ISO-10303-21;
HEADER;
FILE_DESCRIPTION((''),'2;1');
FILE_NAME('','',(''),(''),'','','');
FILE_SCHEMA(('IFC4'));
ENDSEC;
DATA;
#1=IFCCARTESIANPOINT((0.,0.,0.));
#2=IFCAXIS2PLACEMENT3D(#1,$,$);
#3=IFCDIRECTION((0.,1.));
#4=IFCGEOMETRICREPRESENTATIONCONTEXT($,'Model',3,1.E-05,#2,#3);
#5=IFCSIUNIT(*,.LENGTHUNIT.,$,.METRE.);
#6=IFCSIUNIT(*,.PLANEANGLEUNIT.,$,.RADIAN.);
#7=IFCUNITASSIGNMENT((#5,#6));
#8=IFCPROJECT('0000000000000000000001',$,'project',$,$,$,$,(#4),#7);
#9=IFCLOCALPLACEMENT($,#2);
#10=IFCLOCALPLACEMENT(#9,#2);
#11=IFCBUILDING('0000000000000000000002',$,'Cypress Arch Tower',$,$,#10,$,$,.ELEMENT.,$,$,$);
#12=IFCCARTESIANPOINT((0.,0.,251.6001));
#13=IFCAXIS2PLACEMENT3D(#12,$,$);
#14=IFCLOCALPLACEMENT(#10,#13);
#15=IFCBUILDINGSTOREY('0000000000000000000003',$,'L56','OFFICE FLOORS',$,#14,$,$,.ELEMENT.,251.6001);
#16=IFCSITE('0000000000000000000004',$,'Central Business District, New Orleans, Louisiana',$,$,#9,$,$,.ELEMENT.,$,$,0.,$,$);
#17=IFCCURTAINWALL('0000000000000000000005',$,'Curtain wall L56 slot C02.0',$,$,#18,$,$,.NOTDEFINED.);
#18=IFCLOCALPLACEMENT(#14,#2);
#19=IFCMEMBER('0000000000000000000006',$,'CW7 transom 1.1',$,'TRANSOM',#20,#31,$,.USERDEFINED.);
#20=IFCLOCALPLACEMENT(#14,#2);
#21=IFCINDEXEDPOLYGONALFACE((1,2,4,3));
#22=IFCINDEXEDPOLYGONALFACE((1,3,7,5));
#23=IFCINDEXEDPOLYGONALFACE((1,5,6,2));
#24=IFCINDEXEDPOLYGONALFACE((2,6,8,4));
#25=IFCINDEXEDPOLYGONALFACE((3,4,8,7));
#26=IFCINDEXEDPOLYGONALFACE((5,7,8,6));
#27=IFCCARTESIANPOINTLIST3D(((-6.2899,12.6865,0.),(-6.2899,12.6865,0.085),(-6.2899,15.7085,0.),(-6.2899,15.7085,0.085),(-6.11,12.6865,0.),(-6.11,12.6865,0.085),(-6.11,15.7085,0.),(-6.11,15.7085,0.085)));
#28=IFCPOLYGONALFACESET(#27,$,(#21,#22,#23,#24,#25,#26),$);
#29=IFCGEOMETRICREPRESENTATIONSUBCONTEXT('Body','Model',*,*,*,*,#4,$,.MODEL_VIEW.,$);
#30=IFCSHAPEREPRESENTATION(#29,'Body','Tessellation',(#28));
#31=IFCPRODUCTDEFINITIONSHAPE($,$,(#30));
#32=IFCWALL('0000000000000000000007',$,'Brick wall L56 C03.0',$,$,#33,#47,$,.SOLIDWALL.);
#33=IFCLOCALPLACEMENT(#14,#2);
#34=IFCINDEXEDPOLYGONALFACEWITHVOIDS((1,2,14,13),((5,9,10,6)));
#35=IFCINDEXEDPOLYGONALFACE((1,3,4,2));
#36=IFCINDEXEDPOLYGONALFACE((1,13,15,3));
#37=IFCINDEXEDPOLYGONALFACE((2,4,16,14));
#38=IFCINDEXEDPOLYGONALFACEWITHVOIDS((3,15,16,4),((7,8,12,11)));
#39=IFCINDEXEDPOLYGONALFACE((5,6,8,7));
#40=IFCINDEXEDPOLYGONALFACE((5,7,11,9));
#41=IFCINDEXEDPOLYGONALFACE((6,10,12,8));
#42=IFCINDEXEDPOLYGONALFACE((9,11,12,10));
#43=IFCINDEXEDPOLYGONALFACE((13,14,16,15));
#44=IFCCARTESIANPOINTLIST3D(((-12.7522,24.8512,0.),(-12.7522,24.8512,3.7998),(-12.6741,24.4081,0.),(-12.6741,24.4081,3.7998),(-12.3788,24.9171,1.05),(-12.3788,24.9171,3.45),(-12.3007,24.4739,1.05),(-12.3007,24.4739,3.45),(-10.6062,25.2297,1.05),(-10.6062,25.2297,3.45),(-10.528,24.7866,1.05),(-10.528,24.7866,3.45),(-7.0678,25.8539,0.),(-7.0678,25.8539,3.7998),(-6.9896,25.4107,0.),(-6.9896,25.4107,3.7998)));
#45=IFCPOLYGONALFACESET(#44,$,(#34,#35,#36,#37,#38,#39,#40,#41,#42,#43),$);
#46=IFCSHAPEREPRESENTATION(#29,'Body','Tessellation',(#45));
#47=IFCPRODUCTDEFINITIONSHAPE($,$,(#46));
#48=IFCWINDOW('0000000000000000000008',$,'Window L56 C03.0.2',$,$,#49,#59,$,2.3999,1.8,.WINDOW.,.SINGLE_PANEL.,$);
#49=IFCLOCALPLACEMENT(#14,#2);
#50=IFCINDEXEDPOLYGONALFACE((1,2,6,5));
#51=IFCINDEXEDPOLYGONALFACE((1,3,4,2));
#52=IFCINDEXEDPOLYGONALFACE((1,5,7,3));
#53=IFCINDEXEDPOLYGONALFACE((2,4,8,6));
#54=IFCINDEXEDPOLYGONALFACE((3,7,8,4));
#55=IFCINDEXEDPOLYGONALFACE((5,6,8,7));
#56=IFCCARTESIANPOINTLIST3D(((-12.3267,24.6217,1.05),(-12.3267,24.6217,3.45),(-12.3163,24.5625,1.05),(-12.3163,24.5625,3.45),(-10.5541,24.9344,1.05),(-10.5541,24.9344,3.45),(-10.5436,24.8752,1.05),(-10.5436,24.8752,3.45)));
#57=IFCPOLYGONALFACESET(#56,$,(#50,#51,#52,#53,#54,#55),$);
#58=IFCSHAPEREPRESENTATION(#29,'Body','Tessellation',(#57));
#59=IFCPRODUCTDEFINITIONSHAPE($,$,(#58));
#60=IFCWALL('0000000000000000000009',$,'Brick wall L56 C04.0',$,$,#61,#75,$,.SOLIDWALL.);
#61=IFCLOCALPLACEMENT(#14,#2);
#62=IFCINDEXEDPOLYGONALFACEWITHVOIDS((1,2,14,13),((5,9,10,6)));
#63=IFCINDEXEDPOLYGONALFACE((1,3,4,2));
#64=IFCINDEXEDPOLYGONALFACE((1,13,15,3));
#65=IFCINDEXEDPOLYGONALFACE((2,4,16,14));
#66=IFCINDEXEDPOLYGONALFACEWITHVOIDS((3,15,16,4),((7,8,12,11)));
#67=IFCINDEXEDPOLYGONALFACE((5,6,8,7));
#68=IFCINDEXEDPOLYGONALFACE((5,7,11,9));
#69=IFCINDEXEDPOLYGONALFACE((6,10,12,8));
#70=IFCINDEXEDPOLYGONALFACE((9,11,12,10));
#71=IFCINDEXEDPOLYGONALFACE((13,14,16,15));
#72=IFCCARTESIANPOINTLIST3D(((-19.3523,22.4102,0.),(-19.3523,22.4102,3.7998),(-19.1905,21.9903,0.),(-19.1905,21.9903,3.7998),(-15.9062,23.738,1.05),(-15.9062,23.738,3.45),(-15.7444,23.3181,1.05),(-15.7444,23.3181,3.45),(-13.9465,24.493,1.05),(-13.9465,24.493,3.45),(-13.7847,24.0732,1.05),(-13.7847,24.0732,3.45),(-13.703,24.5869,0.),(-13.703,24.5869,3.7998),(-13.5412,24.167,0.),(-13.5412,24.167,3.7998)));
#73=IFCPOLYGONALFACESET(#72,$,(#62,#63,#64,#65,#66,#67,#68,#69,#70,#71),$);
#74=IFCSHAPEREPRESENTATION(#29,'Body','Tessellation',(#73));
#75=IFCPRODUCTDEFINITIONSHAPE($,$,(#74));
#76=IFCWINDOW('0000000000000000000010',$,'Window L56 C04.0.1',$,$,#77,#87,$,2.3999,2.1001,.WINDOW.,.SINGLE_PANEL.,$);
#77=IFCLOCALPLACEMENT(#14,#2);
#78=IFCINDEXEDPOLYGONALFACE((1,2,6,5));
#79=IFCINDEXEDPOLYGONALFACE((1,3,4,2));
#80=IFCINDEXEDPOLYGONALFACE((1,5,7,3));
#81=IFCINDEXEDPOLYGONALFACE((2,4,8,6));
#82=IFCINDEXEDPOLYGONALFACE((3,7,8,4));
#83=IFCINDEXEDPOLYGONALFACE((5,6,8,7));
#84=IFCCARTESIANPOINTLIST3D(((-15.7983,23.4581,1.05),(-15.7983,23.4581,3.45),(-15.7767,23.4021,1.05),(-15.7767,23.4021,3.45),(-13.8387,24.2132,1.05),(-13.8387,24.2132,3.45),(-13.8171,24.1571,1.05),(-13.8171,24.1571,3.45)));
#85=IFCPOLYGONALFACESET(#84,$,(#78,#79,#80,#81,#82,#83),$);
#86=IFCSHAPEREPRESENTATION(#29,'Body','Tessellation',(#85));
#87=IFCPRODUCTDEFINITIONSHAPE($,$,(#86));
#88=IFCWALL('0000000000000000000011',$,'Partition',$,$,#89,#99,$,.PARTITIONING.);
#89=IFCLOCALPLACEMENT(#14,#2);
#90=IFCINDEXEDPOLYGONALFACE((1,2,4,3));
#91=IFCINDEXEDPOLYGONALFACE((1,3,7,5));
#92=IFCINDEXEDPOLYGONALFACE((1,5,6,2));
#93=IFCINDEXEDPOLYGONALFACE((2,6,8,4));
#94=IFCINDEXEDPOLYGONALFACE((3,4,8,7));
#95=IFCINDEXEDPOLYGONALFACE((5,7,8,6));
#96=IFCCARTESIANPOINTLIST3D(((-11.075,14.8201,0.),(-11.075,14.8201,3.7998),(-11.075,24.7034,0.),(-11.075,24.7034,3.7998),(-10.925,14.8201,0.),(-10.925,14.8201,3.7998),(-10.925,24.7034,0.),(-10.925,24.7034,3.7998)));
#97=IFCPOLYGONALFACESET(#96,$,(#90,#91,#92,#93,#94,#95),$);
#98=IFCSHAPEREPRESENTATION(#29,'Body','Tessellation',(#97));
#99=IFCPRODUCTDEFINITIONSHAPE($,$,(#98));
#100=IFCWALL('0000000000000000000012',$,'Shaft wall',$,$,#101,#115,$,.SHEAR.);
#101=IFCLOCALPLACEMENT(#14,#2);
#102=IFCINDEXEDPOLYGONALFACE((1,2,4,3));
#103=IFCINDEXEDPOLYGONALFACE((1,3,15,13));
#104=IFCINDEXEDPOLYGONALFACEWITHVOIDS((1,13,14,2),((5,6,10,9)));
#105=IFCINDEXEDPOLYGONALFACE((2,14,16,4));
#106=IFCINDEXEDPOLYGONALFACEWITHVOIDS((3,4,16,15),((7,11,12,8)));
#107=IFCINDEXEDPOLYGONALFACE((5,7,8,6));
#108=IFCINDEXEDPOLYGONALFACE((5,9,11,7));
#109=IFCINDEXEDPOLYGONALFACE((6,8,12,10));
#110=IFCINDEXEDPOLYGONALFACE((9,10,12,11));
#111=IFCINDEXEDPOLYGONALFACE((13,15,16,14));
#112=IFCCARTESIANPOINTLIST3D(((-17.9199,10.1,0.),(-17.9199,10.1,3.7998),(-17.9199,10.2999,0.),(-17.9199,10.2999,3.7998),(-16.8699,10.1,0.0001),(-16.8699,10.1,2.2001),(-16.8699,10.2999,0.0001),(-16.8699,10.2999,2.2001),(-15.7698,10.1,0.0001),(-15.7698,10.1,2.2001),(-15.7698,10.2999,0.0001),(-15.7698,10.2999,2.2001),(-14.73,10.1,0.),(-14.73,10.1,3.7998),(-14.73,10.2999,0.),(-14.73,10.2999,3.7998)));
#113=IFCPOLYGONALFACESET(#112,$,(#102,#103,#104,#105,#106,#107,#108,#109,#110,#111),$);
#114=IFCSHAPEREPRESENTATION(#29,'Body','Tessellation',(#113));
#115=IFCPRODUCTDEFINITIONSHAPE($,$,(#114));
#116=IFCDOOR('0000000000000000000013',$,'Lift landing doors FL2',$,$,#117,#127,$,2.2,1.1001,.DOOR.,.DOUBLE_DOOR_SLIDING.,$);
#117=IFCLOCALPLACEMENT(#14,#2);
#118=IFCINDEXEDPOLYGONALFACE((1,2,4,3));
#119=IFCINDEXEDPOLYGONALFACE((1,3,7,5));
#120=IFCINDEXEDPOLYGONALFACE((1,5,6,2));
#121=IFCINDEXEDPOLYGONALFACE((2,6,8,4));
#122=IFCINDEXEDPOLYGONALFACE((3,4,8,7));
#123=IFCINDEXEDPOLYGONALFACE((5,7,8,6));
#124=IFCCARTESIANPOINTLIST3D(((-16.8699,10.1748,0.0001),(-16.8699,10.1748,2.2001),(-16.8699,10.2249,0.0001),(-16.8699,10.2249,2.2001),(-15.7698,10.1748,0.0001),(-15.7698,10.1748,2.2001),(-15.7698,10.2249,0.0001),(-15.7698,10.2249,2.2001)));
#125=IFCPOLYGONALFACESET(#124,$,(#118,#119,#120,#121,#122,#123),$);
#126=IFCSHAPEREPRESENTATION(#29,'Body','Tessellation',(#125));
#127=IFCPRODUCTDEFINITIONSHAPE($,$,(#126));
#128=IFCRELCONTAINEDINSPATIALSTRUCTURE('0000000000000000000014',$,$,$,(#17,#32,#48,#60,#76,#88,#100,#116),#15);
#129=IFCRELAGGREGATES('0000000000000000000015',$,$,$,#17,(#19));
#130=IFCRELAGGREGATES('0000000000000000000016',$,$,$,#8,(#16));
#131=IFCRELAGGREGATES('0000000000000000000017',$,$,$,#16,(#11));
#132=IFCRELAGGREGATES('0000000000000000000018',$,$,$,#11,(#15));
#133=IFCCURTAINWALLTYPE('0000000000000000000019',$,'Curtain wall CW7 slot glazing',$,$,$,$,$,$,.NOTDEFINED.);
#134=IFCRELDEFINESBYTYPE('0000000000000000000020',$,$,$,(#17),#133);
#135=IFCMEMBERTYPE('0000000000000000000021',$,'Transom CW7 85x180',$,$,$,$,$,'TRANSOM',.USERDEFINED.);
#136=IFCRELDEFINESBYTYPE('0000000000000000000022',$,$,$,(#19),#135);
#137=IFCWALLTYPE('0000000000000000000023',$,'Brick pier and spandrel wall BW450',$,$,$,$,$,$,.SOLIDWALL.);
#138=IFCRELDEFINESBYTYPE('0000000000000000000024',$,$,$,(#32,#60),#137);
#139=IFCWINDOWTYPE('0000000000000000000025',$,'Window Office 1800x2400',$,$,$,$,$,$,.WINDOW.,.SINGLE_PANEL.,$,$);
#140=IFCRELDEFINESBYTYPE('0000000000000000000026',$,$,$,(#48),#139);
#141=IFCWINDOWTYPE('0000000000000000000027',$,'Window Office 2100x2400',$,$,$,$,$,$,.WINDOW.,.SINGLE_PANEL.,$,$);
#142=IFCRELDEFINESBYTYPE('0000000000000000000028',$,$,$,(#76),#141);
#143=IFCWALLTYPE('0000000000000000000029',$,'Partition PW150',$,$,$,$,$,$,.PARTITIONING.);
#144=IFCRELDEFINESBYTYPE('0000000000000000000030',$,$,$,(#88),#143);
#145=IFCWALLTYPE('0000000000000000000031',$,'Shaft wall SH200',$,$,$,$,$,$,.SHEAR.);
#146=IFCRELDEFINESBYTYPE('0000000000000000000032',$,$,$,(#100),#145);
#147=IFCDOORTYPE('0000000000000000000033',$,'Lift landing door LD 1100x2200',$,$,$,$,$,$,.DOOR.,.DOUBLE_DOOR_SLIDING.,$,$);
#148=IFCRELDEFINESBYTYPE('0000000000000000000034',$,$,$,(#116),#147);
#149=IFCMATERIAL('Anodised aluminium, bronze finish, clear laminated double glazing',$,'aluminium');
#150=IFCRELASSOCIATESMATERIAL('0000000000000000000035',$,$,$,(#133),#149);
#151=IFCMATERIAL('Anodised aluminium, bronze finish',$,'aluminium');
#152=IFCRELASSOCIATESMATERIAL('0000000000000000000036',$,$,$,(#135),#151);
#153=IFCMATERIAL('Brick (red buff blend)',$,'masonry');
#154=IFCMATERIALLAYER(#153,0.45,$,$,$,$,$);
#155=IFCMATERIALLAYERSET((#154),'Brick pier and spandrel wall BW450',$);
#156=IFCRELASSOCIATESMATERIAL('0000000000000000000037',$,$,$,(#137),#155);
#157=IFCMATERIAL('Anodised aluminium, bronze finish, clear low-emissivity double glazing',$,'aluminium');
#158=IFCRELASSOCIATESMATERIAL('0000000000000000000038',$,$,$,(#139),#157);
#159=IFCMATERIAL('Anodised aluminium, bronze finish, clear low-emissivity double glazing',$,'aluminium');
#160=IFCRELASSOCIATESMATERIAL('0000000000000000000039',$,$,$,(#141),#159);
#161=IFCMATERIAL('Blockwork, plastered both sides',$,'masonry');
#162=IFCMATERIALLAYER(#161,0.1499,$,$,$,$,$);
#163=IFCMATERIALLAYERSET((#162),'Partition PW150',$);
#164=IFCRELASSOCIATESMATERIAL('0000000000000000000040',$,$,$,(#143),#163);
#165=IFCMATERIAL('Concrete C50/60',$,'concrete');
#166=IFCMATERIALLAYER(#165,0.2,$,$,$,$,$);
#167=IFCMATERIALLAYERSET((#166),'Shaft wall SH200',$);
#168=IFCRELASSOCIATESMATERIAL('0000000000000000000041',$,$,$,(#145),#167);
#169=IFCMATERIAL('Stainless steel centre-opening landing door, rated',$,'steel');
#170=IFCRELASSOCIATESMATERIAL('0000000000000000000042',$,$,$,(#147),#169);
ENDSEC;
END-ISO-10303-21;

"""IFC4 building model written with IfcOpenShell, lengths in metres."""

from ifc_helpers import new_model, si_unit, direction, frame, frame_2d, origin, origin_2d, place, context, subcontext, project, spatial, rectangle, extrude, material, layer, layer_set, material_profile, profile_set, type_object, element, fill, aggregate, save


model = new_model("IFC4")

# Units and contexts
model_context = context("Model", 3, precision=1e-05, world=origin(), true_north=direction((0.0, 1.0)))
body_context = subcontext(model_context, "Body", "Model", "MODEL_VIEW")
ifc_project = project(units=[si_unit("LENGTHUNIT", "METRE"), si_unit("PLANEANGLEUNIT", "RADIAN")], contexts=[model_context])

# Site, building, storey
site_placement = place(None, origin())
site = spatial("IfcSite", under=ifc_project, at=site_placement, Name="Central Business District, New Orleans, Louisiana", CompositionType="ELEMENT", RefElevation=0.0)
building_placement = place(site_placement, origin())
building = spatial("IfcBuilding", under=site, at=building_placement, Name="Cypress Arch Tower", CompositionType="ELEMENT")
storey_placement = place(building_placement, frame((0.0, 0.0, 251.6001)))
storey = spatial("IfcBuildingStorey", under=building, at=storey_placement, Name="L56", Description="OFFICE FLOORS", CompositionType="ELEMENT", Elevation=251.6001)

# Curtain wall
ifc_material_1 = material(Name="Anodised aluminium, bronze finish, clear laminated double glazing", Category="aluminium")
curtain_wall_type = type_object("IfcCurtainWallType", Name="Curtain wall CW7 slot glazing", PredefinedType="NOTDEFINED", material=ifc_material_1)
curtain_wall_placement = place(storey_placement, origin())
curtain_wall = element("IfcCurtainWall", 1, at=curtain_wall_placement, inside=storey, type_object=curtain_wall_type, Name="Curtain wall L56 slot C02.0", PredefinedType="NOTDEFINED")

# Member
ifc_material_2 = material(Name="Anodised aluminium, bronze finish", Category="aluminium")
ifc_material_profile_1 = material_profile(ifc_material_2, rectangle(XDim=0.1799, YDim=0.085, at=origin_2d()), Name="Transom 85x180")
ifc_profile_set_1 = profile_set([ifc_material_profile_1], Name="Anodised aluminium, bronze finish")
member_type_1 = type_object("IfcMemberType", Name="Transom CW7 85x180", ElementType="TRANSOM", PredefinedType="USERDEFINED", material=ifc_profile_set_1)
member_1_placement = place(storey_placement, frame((-6.2, 12.6865, 0.0425), z_axis=(0.0, 1.0, 0.0), x_axis=(-1.0, 0.0, 0.0)))
member_1 = element("IfcMember", 2, at=member_1_placement, type_object=member_type_1, Name="CW7 transom 1.1", ObjectType="TRANSOM", PredefinedType="USERDEFINED", context=body_context, shape_type="SweptSolid", body=[
    extrude(rectangle(XDim=0.1799, YDim=0.085, at=origin_2d()), origin(), (0.0, 0.0, 1.0), 3.022),
])
aggregate(curtain_wall, [member_1])

# Walls, openings, windows
ifc_material_3 = material(Name="Brick (red buff blend)", Category="masonry")
ifc_layer_1 = layer(ifc_material_3, 0.45)
ifc_layer_set_1 = layer_set([ifc_layer_1], Name="Brick pier and spandrel wall BW450")
wall_type_1 = type_object("IfcWallType", Name="Brick pier and spandrel wall BW450", PredefinedType="SOLIDWALL", material=ifc_layer_set_1)
wall_1_placement = place(storey_placement, frame((-7.0286, 25.6323, 0.0), z_axis=(0.0, 0.0, 1.0), x_axis=(-0.984798, -0.173706, 0.0)))
wall_1 = element("IfcWall", 3, at=wall_1_placement, inside=storey, type_object=wall_type_1, Name="Brick wall L56 C03.0", PredefinedType="SOLIDWALL", context=body_context, shape_type="SweptSolid", body=[
    extrude(rectangle(XDim=5.7722, YDim=0.45, at=frame_2d((2.8862, 0.0))), origin(), (0.0, 0.0, 1.0), 3.7998),
])
opening_1_placement = place(wall_1_placement, frame((3.5933, 0.0, 1.05)))
opening_1 = element("IfcOpeningElement", 4, at=opening_1_placement, cuts=wall_1, PredefinedType="OPENING", context=body_context, shape_type="SweptSolid", body=[
    extrude(rectangle(XDim=1.8, YDim=2.3999, at=frame_2d((0.8999, 1.2))), frame((0.0, 0.2349, 0.0), z_axis=(0.0, -1.0, 0.0), x_axis=(1.0, 0.0, 0.0)), (0.0, 0.0, 1.0), 0.47),
])
ifc_material_4 = material(Name="Anodised aluminium, bronze finish, clear low-emissivity double glazing", Category="aluminium")
window_type_1 = type_object("IfcWindowType", Name="Window Office 1800x2400", PartitioningType="SINGLE_PANEL", PredefinedType="WINDOW", material=ifc_material_4)
window_1_placement = place(opening_1_placement, origin())
window_1 = element("IfcWindow", 5, at=window_1_placement, inside=storey, type_object=window_type_1, Name="Window L56 C03.0.2", OverallHeight=2.3999, OverallWidth=1.8, PartitioningType="SINGLE_PANEL", PredefinedType="WINDOW", context=body_context, shape_type="SweptSolid", body=[
    extrude(rectangle(XDim=1.8, YDim=2.3999, at=frame_2d((0.8999, 1.2))), frame((0.0, 0.135, 0.0), z_axis=(0.0, -1.0, 0.0), x_axis=(1.0, 0.0, 0.0)), (0.0, 0.0, 1.0), 0.0601),
])
fill(opening_1, window_1)
wall_2_placement = place(storey_placement, frame((-13.6221, 24.377, 0.0), z_axis=(0.0, 0.0, 1.0), x_axis=(-0.933129, -0.359541, 0.0)))
wall_2 = element("IfcWall", 6, at=wall_2_placement, inside=storey, type_object=wall_type_1, Name="Brick wall L56 C04.0", PredefinedType="SOLIDWALL", context=body_context, shape_type="SweptSolid", body=[
    extrude(rectangle(XDim=6.0542, YDim=0.45, at=frame_2d((3.0271, 0.0))), origin(), (0.0, 0.0, 1.0), 3.7998),
])
opening_2_placement = place(wall_2_placement, frame((0.261, 0.0, 1.05)))
opening_2 = element("IfcOpeningElement", 7, at=opening_2_placement, cuts=wall_2, PredefinedType="OPENING", context=body_context, shape_type="SweptSolid", body=[
    extrude(rectangle(XDim=2.1001, YDim=2.3999, at=frame_2d((1.05, 1.2))), frame((0.0, 0.2349, 0.0), z_axis=(0.0, -1.0, 0.0), x_axis=(1.0, 0.0, 0.0)), (0.0, 0.0, 1.0), 0.47),
])
ifc_material_5 = material(Name="Anodised aluminium, bronze finish, clear low-emissivity double glazing", Category="aluminium")
window_type_2 = type_object("IfcWindowType", Name="Window Office 2100x2400", PartitioningType="SINGLE_PANEL", PredefinedType="WINDOW", material=ifc_material_5)
window_2_placement = place(opening_2_placement, origin())
window_2 = element("IfcWindow", 8, at=window_2_placement, inside=storey, type_object=window_type_2, Name="Window L56 C04.0.1", OverallHeight=2.3999, OverallWidth=2.1001, PartitioningType="SINGLE_PANEL", PredefinedType="WINDOW", context=body_context, shape_type="SweptSolid", body=[
    extrude(rectangle(XDim=2.1001, YDim=2.3999, at=frame_2d((1.05, 1.2))), frame((0.0, 0.135, 0.0), z_axis=(0.0, -1.0, 0.0), x_axis=(1.0, 0.0, 0.0)), (0.0, 0.0, 1.0), 0.0601),
])
fill(opening_2, window_2)

# Wall
ifc_material_6 = material(Name="Blockwork, plastered both sides", Category="masonry")
ifc_layer_2 = layer(ifc_material_6, 0.1499)
ifc_layer_set_2 = layer_set([ifc_layer_2], Name="Partition PW150")
wall_type_2 = type_object("IfcWallType", Name="Partition PW150", PredefinedType="PARTITIONING", material=ifc_layer_set_2)
wall_3_placement = place(storey_placement, frame((-11.0, 14.8201, 0.0), z_axis=(0.0, 0.0, 1.0), x_axis=(0.0, 1.0, 0.0)))
element("IfcWall", 9, at=wall_3_placement, inside=storey, type_object=wall_type_2, Name="Partition", PredefinedType="PARTITIONING", context=body_context, shape_type="SweptSolid", body=[
    extrude(rectangle(XDim=9.8833, YDim=0.1499, at=frame_2d((4.9417, 0.0))), origin(), (0.0, 0.0, 1.0), 3.7998),
])

# Wall, opening, door
ifc_material_7 = material(Name="Concrete C50/60", Category="concrete")
ifc_layer_3 = layer(ifc_material_7, 0.2)
ifc_layer_set_3 = layer_set([ifc_layer_3], Name="Shaft wall SH200")
wall_type_3 = type_object("IfcWallType", Name="Shaft wall SH200", PredefinedType="SHEAR", material=ifc_layer_set_3)
wall_4_placement = place(storey_placement, frame((-17.9199, 10.2, 0.0), z_axis=(0.0, 0.0, 1.0), x_axis=(1.0, 0.0, 0.0)))
wall_4 = element("IfcWall", 10, at=wall_4_placement, inside=storey, type_object=wall_type_3, Name="Shaft wall", PredefinedType="SHEAR", context=body_context, shape_type="SweptSolid", body=[
    extrude(rectangle(XDim=3.1899, YDim=0.2, at=frame_2d((1.595, 0.0))), origin(), (0.0, 0.0, 1.0), 3.7998),
])
opening_3_placement = place(wall_4_placement, frame((1.05, 0.0, 0.0)))
opening_3 = element("IfcOpeningElement", 11, at=opening_3_placement, cuts=wall_4, PredefinedType="OPENING", context=body_context, shape_type="SweptSolid", body=[
    extrude(rectangle(XDim=1.1001, YDim=2.2, at=frame_2d((0.55, 1.1001))), frame((0.0, 0.1099, 0.0), z_axis=(0.0, -1.0, 0.0), x_axis=(1.0, 0.0, 0.0)), (0.0, 0.0, 1.0), 0.22),
])
ifc_material_8 = material(Name="Stainless steel centre-opening landing door, rated", Category="steel")
door_type_1 = type_object("IfcDoorType", Name="Lift landing door LD 1100x2200", OperationType="DOUBLE_DOOR_SLIDING", PredefinedType="DOOR", material=ifc_material_8)
door_1_placement = place(opening_3_placement, origin())
door_1 = element("IfcDoor", 12, at=door_1_placement, inside=storey, type_object=door_type_1, Name="Lift landing doors FL2", OperationType="DOUBLE_DOOR_SLIDING", OverallHeight=2.2, OverallWidth=1.1001, PredefinedType="DOOR", context=body_context, shape_type="SweptSolid", body=[
    extrude(rectangle(XDim=1.1001, YDim=2.2, at=frame_2d((0.55, 1.1001))), frame((0.0, 0.0249, 0.0), z_axis=(0.0, -1.0, 0.0), x_axis=(1.0, 0.0, 0.0)), (0.0, 0.0, 1.0), 0.05),
])
fill(opening_3, door_1)

save(model, "model.ifc")
